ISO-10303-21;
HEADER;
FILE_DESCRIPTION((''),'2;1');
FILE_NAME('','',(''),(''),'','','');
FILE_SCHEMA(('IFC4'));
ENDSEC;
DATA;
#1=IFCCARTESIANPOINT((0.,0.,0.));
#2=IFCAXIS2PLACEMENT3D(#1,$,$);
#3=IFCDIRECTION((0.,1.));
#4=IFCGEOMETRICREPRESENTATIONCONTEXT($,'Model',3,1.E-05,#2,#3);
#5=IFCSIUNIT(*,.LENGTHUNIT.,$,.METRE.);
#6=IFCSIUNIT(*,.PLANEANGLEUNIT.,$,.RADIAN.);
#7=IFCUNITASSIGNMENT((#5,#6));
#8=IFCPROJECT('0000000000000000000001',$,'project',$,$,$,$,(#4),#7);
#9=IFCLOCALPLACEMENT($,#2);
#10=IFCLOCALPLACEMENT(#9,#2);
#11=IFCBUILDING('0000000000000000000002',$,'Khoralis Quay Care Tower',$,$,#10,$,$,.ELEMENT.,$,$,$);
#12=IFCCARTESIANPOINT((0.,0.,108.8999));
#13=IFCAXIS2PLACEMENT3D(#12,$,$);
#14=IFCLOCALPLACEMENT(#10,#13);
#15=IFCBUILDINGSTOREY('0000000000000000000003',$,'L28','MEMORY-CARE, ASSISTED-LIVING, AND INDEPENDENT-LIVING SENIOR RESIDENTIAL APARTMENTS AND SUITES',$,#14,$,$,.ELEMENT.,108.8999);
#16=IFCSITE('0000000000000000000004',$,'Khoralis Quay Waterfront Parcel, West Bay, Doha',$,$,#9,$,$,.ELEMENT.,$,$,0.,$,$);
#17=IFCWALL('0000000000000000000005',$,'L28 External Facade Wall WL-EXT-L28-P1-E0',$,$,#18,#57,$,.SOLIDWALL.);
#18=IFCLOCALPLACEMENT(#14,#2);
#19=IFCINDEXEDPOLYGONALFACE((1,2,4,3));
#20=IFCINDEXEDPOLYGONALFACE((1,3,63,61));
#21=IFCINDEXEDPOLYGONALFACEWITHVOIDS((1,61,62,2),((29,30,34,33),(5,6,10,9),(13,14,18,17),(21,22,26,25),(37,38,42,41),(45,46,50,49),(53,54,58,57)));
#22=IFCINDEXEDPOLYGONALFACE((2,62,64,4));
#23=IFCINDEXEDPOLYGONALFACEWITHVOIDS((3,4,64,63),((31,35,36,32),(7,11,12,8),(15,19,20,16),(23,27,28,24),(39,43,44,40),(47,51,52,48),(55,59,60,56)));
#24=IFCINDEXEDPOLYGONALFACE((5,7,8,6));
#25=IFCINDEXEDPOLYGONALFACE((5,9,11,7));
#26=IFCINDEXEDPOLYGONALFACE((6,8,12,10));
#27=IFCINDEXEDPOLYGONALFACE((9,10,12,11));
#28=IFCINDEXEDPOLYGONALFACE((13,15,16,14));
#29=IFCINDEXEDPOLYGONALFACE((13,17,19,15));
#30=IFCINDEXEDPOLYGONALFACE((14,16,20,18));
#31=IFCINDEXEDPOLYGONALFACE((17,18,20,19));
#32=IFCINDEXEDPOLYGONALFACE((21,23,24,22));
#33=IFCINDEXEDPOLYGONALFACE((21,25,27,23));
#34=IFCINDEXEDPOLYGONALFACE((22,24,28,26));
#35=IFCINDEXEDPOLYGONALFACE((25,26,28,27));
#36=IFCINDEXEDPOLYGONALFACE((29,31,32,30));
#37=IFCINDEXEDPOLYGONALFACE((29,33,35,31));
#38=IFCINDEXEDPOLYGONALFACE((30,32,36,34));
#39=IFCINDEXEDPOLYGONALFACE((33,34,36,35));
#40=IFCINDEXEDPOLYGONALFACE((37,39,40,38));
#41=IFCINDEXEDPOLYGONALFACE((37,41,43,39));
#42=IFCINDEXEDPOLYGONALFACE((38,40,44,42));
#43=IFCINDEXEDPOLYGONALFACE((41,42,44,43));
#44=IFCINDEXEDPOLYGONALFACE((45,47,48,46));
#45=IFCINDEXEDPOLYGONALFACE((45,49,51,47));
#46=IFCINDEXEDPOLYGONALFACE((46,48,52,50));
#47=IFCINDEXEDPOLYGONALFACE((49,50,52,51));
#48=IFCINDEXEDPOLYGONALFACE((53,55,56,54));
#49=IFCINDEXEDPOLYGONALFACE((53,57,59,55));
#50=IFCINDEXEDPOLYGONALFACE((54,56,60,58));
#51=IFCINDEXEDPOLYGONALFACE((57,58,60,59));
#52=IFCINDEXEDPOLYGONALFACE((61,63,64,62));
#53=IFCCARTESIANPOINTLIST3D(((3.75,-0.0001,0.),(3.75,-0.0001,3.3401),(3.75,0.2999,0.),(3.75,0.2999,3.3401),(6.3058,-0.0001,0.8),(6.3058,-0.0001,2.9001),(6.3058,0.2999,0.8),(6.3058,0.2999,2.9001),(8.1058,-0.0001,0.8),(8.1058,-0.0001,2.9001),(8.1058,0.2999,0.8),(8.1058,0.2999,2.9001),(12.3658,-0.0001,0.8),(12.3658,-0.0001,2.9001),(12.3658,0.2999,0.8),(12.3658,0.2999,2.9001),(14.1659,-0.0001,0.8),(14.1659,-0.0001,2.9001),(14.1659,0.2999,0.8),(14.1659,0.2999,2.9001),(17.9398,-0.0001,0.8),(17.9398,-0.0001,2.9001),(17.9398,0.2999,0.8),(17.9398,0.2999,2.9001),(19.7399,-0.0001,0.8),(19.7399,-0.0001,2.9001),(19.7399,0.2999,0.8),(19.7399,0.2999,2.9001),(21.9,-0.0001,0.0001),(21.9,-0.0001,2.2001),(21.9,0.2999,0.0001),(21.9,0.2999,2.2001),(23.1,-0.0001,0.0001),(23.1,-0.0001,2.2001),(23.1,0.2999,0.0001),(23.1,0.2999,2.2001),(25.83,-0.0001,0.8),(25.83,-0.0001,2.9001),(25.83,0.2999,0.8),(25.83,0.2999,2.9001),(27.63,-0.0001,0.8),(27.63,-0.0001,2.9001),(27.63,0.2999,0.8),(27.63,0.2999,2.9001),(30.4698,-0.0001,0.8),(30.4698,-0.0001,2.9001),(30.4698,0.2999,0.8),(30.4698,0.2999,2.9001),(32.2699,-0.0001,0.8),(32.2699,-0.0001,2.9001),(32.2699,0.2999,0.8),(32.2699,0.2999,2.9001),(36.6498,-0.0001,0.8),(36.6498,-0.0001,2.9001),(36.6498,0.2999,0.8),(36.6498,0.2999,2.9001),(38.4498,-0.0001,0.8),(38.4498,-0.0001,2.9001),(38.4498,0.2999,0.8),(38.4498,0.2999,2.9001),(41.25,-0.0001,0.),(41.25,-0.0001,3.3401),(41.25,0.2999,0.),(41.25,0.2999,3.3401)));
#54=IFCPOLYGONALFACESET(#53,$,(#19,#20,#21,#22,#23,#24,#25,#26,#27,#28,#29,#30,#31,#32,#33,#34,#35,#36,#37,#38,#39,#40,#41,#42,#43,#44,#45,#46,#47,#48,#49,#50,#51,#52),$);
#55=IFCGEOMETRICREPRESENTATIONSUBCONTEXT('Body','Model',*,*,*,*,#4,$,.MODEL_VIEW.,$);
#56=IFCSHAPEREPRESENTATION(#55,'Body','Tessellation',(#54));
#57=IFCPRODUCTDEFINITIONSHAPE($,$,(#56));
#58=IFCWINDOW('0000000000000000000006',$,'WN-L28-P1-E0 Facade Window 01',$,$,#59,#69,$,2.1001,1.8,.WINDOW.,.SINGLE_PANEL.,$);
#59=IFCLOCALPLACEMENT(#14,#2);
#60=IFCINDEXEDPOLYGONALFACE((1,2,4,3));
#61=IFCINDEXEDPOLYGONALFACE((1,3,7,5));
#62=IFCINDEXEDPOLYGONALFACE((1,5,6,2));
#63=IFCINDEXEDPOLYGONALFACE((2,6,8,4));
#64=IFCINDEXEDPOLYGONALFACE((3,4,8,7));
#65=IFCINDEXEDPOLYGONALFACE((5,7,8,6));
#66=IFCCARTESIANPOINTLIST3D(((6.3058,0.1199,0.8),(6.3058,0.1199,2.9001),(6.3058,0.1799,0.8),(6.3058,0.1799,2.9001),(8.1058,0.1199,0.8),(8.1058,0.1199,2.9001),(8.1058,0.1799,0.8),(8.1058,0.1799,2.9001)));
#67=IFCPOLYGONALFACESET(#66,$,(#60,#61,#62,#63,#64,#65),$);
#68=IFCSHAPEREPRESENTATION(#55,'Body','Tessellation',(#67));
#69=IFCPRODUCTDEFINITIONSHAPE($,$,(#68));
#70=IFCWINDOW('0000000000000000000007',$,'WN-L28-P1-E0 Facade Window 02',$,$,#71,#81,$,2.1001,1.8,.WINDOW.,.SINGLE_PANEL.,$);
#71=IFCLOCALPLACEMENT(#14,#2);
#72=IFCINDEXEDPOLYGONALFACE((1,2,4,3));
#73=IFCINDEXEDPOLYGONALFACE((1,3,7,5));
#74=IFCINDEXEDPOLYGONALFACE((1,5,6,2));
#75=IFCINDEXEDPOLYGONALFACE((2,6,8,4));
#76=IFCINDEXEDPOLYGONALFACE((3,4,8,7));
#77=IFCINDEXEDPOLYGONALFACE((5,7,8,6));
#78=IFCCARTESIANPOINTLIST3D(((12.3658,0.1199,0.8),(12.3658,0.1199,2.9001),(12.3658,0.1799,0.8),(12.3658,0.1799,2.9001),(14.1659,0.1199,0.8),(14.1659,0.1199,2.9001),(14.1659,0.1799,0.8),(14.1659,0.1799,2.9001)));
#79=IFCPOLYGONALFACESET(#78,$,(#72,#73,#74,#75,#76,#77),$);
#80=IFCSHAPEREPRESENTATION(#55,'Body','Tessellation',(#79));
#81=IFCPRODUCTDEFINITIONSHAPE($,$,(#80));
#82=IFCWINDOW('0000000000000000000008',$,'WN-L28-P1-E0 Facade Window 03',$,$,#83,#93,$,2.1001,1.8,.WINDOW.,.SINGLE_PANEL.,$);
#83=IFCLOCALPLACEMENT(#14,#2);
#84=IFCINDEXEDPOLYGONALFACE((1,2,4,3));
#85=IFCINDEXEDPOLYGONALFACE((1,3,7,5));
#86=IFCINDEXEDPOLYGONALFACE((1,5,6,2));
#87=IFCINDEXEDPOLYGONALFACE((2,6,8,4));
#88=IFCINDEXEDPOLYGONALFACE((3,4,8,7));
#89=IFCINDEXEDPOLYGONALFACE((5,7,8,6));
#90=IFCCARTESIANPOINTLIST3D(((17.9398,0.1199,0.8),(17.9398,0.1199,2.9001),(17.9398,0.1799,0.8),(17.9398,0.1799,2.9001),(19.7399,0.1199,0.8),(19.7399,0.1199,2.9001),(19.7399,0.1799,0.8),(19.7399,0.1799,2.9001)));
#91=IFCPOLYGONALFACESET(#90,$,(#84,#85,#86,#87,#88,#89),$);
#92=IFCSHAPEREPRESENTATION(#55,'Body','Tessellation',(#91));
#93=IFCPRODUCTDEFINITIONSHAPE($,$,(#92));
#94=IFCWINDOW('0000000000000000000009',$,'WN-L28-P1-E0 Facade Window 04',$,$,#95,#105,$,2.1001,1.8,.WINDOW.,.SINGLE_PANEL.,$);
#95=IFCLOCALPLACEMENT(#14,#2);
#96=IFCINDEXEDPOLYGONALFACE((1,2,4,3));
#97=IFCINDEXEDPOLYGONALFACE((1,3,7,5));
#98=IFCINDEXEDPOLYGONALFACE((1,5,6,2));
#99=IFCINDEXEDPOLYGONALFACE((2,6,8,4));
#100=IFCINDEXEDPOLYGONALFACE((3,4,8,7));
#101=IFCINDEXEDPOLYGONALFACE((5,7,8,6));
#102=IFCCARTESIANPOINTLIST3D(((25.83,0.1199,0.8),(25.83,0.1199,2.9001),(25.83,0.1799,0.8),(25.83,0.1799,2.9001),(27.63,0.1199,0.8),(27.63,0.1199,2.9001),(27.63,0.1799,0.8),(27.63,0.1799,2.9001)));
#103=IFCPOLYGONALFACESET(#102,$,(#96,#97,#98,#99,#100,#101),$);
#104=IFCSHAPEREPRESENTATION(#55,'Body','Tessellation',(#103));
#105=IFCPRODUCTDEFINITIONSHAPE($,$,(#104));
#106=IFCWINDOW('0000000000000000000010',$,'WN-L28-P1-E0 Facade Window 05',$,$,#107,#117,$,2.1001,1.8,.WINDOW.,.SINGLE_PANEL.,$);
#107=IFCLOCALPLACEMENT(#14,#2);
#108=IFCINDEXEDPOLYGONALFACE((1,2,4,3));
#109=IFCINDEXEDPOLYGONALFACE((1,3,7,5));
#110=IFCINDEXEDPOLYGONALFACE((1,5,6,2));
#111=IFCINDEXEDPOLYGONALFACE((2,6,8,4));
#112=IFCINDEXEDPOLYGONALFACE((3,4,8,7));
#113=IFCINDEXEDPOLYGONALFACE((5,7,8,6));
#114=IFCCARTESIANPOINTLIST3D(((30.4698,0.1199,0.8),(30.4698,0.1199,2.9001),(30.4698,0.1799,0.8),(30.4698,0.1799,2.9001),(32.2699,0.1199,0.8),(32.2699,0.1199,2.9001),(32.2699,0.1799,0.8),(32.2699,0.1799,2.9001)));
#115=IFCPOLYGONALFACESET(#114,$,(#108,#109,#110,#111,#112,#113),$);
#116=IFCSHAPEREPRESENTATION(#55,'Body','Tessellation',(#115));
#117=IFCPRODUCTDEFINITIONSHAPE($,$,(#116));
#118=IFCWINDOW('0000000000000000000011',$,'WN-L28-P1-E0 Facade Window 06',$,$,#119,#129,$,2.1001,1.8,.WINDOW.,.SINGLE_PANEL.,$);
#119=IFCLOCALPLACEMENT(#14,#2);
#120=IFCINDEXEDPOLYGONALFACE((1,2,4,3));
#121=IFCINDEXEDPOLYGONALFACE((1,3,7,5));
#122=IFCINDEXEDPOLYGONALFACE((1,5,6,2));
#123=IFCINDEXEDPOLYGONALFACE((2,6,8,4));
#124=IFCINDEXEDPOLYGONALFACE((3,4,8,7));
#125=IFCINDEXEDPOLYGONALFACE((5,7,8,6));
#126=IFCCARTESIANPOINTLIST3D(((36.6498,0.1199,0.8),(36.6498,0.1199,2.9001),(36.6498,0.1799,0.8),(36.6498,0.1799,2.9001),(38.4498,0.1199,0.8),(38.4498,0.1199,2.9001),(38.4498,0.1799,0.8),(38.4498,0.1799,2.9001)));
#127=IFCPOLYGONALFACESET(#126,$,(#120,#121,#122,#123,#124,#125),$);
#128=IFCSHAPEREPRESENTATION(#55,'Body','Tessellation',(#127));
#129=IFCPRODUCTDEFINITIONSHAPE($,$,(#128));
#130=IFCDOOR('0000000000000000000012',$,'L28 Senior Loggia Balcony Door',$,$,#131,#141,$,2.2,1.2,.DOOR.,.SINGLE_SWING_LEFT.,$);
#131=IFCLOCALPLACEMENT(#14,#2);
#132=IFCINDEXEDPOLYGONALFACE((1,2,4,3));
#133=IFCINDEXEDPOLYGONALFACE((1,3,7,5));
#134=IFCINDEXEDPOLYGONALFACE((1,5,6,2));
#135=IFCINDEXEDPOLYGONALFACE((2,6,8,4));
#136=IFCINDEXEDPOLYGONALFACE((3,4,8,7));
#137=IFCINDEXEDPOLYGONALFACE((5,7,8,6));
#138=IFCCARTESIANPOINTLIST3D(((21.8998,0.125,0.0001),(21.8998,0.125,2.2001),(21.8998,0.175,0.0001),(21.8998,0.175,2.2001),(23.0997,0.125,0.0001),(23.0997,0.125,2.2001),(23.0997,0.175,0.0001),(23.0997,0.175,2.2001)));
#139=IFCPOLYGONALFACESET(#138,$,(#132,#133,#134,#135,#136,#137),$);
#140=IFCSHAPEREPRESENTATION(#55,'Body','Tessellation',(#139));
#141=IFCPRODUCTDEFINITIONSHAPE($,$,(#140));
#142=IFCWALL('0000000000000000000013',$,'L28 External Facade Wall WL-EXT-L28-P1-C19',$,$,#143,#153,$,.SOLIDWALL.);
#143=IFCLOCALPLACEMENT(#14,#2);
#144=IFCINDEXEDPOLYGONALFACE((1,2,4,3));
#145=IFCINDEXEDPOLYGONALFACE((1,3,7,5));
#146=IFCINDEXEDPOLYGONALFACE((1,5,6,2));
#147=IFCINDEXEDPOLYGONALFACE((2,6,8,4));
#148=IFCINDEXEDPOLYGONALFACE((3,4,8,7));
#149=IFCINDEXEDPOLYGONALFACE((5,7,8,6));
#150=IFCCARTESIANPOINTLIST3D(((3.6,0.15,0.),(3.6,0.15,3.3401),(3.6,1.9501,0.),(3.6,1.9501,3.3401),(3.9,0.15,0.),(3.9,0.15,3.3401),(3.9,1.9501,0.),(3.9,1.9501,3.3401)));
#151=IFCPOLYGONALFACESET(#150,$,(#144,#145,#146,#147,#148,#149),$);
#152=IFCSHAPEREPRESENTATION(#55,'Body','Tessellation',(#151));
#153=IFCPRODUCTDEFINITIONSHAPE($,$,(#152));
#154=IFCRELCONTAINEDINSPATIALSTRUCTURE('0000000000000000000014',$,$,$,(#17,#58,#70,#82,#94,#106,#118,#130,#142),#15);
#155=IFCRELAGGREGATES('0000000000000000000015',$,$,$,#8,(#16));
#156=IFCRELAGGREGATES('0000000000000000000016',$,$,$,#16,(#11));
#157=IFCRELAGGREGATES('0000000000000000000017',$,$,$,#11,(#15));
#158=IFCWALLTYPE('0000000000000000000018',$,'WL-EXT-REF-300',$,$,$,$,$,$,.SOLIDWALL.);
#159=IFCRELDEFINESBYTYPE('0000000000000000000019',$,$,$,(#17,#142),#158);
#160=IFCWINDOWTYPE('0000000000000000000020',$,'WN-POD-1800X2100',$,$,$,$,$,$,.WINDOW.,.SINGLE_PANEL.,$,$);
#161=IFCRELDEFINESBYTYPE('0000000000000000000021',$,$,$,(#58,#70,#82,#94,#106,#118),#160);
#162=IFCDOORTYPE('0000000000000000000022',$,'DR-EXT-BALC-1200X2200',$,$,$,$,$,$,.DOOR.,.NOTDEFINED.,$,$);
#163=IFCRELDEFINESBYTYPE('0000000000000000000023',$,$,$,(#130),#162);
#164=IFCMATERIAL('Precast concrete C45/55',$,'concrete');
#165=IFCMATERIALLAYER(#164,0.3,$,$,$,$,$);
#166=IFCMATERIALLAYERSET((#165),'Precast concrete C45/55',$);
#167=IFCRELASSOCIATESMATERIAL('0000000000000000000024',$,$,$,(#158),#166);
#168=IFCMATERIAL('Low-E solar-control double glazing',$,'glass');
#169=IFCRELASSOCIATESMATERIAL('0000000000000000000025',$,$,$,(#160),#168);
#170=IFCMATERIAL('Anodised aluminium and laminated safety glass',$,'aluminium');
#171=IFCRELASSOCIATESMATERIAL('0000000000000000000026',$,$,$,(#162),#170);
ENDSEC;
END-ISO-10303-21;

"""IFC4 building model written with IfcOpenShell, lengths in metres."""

from ifc_helpers import new_model, si_unit, direction, frame, frame_2d, origin, place, context, subcontext, project, spatial, rectangle, extrude, source, transform, mapped, material, layer, layer_set, type_object, element, fill, save


model = new_model("IFC4")

# Units and contexts
model_context = context("Model", 3, precision=1e-05, world=origin(), true_north=direction((0.0, 1.0)))
body_context = subcontext(model_context, "Body", "Model", "MODEL_VIEW")
ifc_project = project(units=[si_unit("LENGTHUNIT", "METRE"), si_unit("PLANEANGLEUNIT", "RADIAN")], contexts=[model_context])

# Site, building, storey
site_placement = place(None, origin())
site = spatial("IfcSite", under=ifc_project, at=site_placement, Name="Khoralis Quay Waterfront Parcel, West Bay, Doha", CompositionType="ELEMENT", RefElevation=0.0)
building_placement = place(site_placement, origin())
building = spatial("IfcBuilding", under=site, at=building_placement, Name="Khoralis Quay Care Tower", CompositionType="ELEMENT")
storey_placement = place(building_placement, frame((0.0, 0.0, 108.8999)))
storey = spatial("IfcBuildingStorey", under=building, at=storey_placement, Name="L28", Description="MEMORY-CARE, ASSISTED-LIVING, AND INDEPENDENT-LIVING SENIOR RESIDENTIAL APARTMENTS AND SUITES", CompositionType="ELEMENT", Elevation=108.8999)

# Wall, openings, windows, door
ifc_material_1 = material(Name="Precast concrete C45/55", Category="concrete")
ifc_layer_1 = layer(ifc_material_1, 0.3)
ifc_layer_set_1 = layer_set([ifc_layer_1], Name="Precast concrete C45/55")
wall_type_1 = type_object("IfcWallType", Name="WL-EXT-REF-300", PredefinedType="SOLIDWALL", material=ifc_layer_set_1)
wall_1_placement = place(storey_placement, frame((3.75, 0.1499, 0.0), z_axis=(0.0, 0.0, 1.0), x_axis=(1.0, 0.0, 0.0)))
wall_1 = element("IfcWall", 1, at=wall_1_placement, inside=storey, type_object=wall_type_1, Name="L28 External Facade Wall WL-EXT-L28-P1-E0", PredefinedType="SOLIDWALL", context=body_context, shape_type="SweptSolid", body=[
    extrude(rectangle(XDim=37.5, YDim=0.3, at=frame_2d((18.75, 0.0))), origin(), (0.0, 0.0, 1.0), 3.3401),
])
opening_1_placement = place(wall_1_placement, frame((2.5559, 0.0, 0.8)))
opening_1 = element("IfcOpeningElement", 2, at=opening_1_placement, cuts=wall_1, PredefinedType="OPENING", context=body_context, shape_type="SweptSolid", body=[
    extrude(rectangle(XDim=1.8, YDim=2.1001, at=frame_2d((0.8999, 1.05))), frame((0.0, 0.1602, 0.0), z_axis=(0.0, -1.0, 0.0), x_axis=(1.0, 0.0, 0.0)), (0.0, 0.0, 1.0), 0.3201),
])
opening_2_placement = place(wall_1_placement, frame((8.616, 0.0, 0.8)))
opening_2 = element("IfcOpeningElement", 3, at=opening_2_placement, cuts=wall_1, PredefinedType="OPENING", context=body_context, shape_type="SweptSolid", body=[
    extrude(rectangle(XDim=1.8, YDim=2.1001, at=frame_2d((0.8999, 1.05))), frame((0.0, 0.1602, 0.0), z_axis=(0.0, -1.0, 0.0), x_axis=(1.0, 0.0, 0.0)), (0.0, 0.0, 1.0), 0.3201),
])
opening_3_placement = place(wall_1_placement, frame((14.1899, 0.0, 0.8)))
opening_3 = element("IfcOpeningElement", 4, at=opening_3_placement, cuts=wall_1, PredefinedType="OPENING", context=body_context, shape_type="SweptSolid", body=[
    extrude(rectangle(XDim=1.8, YDim=2.1001, at=frame_2d((0.8999, 1.05))), frame((0.0, 0.1602, 0.0), z_axis=(0.0, -1.0, 0.0), x_axis=(1.0, 0.0, 0.0)), (0.0, 0.0, 1.0), 0.3201),
])
opening_4_placement = place(wall_1_placement, frame((22.0801, 0.0, 0.8)))
opening_4 = element("IfcOpeningElement", 5, at=opening_4_placement, cuts=wall_1, PredefinedType="OPENING", context=body_context, shape_type="SweptSolid", body=[
    extrude(rectangle(XDim=1.8, YDim=2.1001, at=frame_2d((0.8999, 1.05))), frame((0.0, 0.1602, 0.0), z_axis=(0.0, -1.0, 0.0), x_axis=(1.0, 0.0, 0.0)), (0.0, 0.0, 1.0), 0.3201),
])
opening_5_placement = place(wall_1_placement, frame((26.72, 0.0, 0.8)))
opening_5 = element("IfcOpeningElement", 6, at=opening_5_placement, cuts=wall_1, PredefinedType="OPENING", context=body_context, shape_type="SweptSolid", body=[
    extrude(rectangle(XDim=1.8, YDim=2.1001, at=frame_2d((0.8999, 1.05))), frame((0.0, 0.1602, 0.0), z_axis=(0.0, -1.0, 0.0), x_axis=(1.0, 0.0, 0.0)), (0.0, 0.0, 1.0), 0.3201),
])
opening_6_placement = place(wall_1_placement, frame((32.8999, 0.0, 0.8)))
opening_6 = element("IfcOpeningElement", 7, at=opening_6_placement, cuts=wall_1, PredefinedType="OPENING", context=body_context, shape_type="SweptSolid", body=[
    extrude(rectangle(XDim=1.8, YDim=2.1001, at=frame_2d((0.8999, 1.05))), frame((0.0, 0.1602, 0.0), z_axis=(0.0, -1.0, 0.0), x_axis=(1.0, 0.0, 0.0)), (0.0, 0.0, 1.0), 0.3201),
])
opening_7_placement = place(wall_1_placement, frame((18.1499, 0.0, 0.0)))
opening_7 = element("IfcOpeningElement", 8, at=opening_7_placement, cuts=wall_1, PredefinedType="OPENING", context=body_context, shape_type="SweptSolid", body=[
    extrude(rectangle(XDim=1.2, YDim=2.2, at=frame_2d((0.6001, 1.1001))), frame((0.0, 0.1602, 0.0), z_axis=(0.0, -1.0, 0.0), x_axis=(1.0, 0.0, 0.0)), (0.0, 0.0, 1.0), 0.3201),
])
ifc_material_2 = material(Name="Low-E solar-control double glazing", Category="glass")
window_type = type_object("IfcWindowType", Name="WN-POD-1800X2100", PartitioningType="SINGLE_PANEL", PredefinedType="WINDOW", material=ifc_material_2)
shared_shape_1 = source(origin(), body_context, "Body", "SweptSolid", [
    extrude(rectangle(XDim=1.8, YDim=2.1001, at=frame_2d((0.8999, 1.05))), frame((0.0, 0.03, 0.0), z_axis=(0.0, -1.0, 0.0), x_axis=(1.0, 0.0, 0.0)), (0.0, 0.0, 1.0), 0.0601),
])
window_1_placement = place(opening_1_placement, origin())
window_1 = element("IfcWindow", 9, at=window_1_placement, inside=storey, type_object=window_type, Name="WN-L28-P1-E0 Facade Window 01", OverallHeight=2.1001, OverallWidth=1.8, PartitioningType="SINGLE_PANEL", PredefinedType="WINDOW", context=body_context, shape_type="MappedRepresentation", body=[
    mapped(shared_shape_1, transform((0.0, 0.0, 0.0), scale=1.0)),
])
fill(opening_1, window_1)
window_2_placement = place(opening_2_placement, origin())
window_2 = element("IfcWindow", 10, at=window_2_placement, inside=storey, type_object=window_type, Name="WN-L28-P1-E0 Facade Window 02", OverallHeight=2.1001, OverallWidth=1.8, PartitioningType="SINGLE_PANEL", PredefinedType="WINDOW", context=body_context, shape_type="MappedRepresentation", body=[
    mapped(shared_shape_1, transform((0.0, 0.0, 0.0), scale=1.0)),
])
fill(opening_2, window_2)
window_3_placement = place(opening_3_placement, origin())
window_3 = element("IfcWindow", 11, at=window_3_placement, inside=storey, type_object=window_type, Name="WN-L28-P1-E0 Facade Window 03", OverallHeight=2.1001, OverallWidth=1.8, PartitioningType="SINGLE_PANEL", PredefinedType="WINDOW", context=body_context, shape_type="MappedRepresentation", body=[
    mapped(shared_shape_1, transform((0.0, 0.0, 0.0), scale=1.0)),
])
fill(opening_3, window_3)
window_4_placement = place(opening_4_placement, origin())
window_4 = element("IfcWindow", 12, at=window_4_placement, inside=storey, type_object=window_type, Name="WN-L28-P1-E0 Facade Window 04", OverallHeight=2.1001, OverallWidth=1.8, PartitioningType="SINGLE_PANEL", PredefinedType="WINDOW", context=body_context, shape_type="MappedRepresentation", body=[
    mapped(shared_shape_1, transform((0.0, 0.0, 0.0), scale=1.0)),
])
fill(opening_4, window_4)
window_5_placement = place(opening_5_placement, origin())
window_5 = element("IfcWindow", 13, at=window_5_placement, inside=storey, type_object=window_type, Name="WN-L28-P1-E0 Facade Window 05", OverallHeight=2.1001, OverallWidth=1.8, PartitioningType="SINGLE_PANEL", PredefinedType="WINDOW", context=body_context, shape_type="MappedRepresentation", body=[
    mapped(shared_shape_1, transform((0.0, 0.0, 0.0), scale=1.0)),
])
fill(opening_5, window_5)
window_6_placement = place(opening_6_placement, origin())
window_6 = element("IfcWindow", 14, at=window_6_placement, inside=storey, type_object=window_type, Name="WN-L28-P1-E0 Facade Window 06", OverallHeight=2.1001, OverallWidth=1.8, PartitioningType="SINGLE_PANEL", PredefinedType="WINDOW", context=body_context, shape_type="MappedRepresentation", body=[
    mapped(shared_shape_1, transform((0.0, 0.0, 0.0), scale=1.0)),
])
fill(opening_6, window_6)
ifc_material_3 = material(Name="Anodised aluminium and laminated safety glass", Category="aluminium")
door_type_1 = type_object("IfcDoorType", Name="DR-EXT-BALC-1200X2200", OperationType="NOTDEFINED", PredefinedType="DOOR", material=ifc_material_3)
shared_shape_2 = source(origin(), body_context, "Body", "SweptSolid", [
    extrude(rectangle(XDim=1.2, YDim=2.2, at=frame_2d((0.6001, 1.1001))), frame((0.0, 0.0249, 0.0), z_axis=(0.0, -1.0, 0.0), x_axis=(1.0, 0.0, 0.0)), (0.0, 0.0, 1.0), 0.05),
])
door_1_placement = place(opening_7_placement, frame((1.2, 0.0, 0.0), z_axis=(0.0, 0.0, 1.0), x_axis=(-1.0, 0.0, 0.0)))
door_1 = element("IfcDoor", 15, at=door_1_placement, inside=storey, type_object=door_type_1, Name="L28 Senior Loggia Balcony Door", OperationType="SINGLE_SWING_LEFT", OverallHeight=2.2, OverallWidth=1.2, PredefinedType="DOOR", context=body_context, shape_type="MappedRepresentation", body=[
    mapped(shared_shape_2, transform((0.0, 0.0, 0.0), scale=1.0)),
])
fill(opening_7, door_1)

# Wall
wall_2_placement = place(storey_placement, frame((3.75, 1.95, 0.0), z_axis=(0.0, 0.0, 1.0), x_axis=(0.0, -1.0, 0.0)))
element("IfcWall", 16, at=wall_2_placement, inside=storey, type_object=wall_type_1, Name="L28 External Facade Wall WL-EXT-L28-P1-C19", PredefinedType="SOLIDWALL", context=body_context, shape_type="SweptSolid", body=[
    extrude(rectangle(XDim=1.8, YDim=0.3, at=frame_2d((0.8999, 0.0))), origin(), (0.0, 0.0, 1.0), 3.3401),
])

save(model, "model.ifc")
